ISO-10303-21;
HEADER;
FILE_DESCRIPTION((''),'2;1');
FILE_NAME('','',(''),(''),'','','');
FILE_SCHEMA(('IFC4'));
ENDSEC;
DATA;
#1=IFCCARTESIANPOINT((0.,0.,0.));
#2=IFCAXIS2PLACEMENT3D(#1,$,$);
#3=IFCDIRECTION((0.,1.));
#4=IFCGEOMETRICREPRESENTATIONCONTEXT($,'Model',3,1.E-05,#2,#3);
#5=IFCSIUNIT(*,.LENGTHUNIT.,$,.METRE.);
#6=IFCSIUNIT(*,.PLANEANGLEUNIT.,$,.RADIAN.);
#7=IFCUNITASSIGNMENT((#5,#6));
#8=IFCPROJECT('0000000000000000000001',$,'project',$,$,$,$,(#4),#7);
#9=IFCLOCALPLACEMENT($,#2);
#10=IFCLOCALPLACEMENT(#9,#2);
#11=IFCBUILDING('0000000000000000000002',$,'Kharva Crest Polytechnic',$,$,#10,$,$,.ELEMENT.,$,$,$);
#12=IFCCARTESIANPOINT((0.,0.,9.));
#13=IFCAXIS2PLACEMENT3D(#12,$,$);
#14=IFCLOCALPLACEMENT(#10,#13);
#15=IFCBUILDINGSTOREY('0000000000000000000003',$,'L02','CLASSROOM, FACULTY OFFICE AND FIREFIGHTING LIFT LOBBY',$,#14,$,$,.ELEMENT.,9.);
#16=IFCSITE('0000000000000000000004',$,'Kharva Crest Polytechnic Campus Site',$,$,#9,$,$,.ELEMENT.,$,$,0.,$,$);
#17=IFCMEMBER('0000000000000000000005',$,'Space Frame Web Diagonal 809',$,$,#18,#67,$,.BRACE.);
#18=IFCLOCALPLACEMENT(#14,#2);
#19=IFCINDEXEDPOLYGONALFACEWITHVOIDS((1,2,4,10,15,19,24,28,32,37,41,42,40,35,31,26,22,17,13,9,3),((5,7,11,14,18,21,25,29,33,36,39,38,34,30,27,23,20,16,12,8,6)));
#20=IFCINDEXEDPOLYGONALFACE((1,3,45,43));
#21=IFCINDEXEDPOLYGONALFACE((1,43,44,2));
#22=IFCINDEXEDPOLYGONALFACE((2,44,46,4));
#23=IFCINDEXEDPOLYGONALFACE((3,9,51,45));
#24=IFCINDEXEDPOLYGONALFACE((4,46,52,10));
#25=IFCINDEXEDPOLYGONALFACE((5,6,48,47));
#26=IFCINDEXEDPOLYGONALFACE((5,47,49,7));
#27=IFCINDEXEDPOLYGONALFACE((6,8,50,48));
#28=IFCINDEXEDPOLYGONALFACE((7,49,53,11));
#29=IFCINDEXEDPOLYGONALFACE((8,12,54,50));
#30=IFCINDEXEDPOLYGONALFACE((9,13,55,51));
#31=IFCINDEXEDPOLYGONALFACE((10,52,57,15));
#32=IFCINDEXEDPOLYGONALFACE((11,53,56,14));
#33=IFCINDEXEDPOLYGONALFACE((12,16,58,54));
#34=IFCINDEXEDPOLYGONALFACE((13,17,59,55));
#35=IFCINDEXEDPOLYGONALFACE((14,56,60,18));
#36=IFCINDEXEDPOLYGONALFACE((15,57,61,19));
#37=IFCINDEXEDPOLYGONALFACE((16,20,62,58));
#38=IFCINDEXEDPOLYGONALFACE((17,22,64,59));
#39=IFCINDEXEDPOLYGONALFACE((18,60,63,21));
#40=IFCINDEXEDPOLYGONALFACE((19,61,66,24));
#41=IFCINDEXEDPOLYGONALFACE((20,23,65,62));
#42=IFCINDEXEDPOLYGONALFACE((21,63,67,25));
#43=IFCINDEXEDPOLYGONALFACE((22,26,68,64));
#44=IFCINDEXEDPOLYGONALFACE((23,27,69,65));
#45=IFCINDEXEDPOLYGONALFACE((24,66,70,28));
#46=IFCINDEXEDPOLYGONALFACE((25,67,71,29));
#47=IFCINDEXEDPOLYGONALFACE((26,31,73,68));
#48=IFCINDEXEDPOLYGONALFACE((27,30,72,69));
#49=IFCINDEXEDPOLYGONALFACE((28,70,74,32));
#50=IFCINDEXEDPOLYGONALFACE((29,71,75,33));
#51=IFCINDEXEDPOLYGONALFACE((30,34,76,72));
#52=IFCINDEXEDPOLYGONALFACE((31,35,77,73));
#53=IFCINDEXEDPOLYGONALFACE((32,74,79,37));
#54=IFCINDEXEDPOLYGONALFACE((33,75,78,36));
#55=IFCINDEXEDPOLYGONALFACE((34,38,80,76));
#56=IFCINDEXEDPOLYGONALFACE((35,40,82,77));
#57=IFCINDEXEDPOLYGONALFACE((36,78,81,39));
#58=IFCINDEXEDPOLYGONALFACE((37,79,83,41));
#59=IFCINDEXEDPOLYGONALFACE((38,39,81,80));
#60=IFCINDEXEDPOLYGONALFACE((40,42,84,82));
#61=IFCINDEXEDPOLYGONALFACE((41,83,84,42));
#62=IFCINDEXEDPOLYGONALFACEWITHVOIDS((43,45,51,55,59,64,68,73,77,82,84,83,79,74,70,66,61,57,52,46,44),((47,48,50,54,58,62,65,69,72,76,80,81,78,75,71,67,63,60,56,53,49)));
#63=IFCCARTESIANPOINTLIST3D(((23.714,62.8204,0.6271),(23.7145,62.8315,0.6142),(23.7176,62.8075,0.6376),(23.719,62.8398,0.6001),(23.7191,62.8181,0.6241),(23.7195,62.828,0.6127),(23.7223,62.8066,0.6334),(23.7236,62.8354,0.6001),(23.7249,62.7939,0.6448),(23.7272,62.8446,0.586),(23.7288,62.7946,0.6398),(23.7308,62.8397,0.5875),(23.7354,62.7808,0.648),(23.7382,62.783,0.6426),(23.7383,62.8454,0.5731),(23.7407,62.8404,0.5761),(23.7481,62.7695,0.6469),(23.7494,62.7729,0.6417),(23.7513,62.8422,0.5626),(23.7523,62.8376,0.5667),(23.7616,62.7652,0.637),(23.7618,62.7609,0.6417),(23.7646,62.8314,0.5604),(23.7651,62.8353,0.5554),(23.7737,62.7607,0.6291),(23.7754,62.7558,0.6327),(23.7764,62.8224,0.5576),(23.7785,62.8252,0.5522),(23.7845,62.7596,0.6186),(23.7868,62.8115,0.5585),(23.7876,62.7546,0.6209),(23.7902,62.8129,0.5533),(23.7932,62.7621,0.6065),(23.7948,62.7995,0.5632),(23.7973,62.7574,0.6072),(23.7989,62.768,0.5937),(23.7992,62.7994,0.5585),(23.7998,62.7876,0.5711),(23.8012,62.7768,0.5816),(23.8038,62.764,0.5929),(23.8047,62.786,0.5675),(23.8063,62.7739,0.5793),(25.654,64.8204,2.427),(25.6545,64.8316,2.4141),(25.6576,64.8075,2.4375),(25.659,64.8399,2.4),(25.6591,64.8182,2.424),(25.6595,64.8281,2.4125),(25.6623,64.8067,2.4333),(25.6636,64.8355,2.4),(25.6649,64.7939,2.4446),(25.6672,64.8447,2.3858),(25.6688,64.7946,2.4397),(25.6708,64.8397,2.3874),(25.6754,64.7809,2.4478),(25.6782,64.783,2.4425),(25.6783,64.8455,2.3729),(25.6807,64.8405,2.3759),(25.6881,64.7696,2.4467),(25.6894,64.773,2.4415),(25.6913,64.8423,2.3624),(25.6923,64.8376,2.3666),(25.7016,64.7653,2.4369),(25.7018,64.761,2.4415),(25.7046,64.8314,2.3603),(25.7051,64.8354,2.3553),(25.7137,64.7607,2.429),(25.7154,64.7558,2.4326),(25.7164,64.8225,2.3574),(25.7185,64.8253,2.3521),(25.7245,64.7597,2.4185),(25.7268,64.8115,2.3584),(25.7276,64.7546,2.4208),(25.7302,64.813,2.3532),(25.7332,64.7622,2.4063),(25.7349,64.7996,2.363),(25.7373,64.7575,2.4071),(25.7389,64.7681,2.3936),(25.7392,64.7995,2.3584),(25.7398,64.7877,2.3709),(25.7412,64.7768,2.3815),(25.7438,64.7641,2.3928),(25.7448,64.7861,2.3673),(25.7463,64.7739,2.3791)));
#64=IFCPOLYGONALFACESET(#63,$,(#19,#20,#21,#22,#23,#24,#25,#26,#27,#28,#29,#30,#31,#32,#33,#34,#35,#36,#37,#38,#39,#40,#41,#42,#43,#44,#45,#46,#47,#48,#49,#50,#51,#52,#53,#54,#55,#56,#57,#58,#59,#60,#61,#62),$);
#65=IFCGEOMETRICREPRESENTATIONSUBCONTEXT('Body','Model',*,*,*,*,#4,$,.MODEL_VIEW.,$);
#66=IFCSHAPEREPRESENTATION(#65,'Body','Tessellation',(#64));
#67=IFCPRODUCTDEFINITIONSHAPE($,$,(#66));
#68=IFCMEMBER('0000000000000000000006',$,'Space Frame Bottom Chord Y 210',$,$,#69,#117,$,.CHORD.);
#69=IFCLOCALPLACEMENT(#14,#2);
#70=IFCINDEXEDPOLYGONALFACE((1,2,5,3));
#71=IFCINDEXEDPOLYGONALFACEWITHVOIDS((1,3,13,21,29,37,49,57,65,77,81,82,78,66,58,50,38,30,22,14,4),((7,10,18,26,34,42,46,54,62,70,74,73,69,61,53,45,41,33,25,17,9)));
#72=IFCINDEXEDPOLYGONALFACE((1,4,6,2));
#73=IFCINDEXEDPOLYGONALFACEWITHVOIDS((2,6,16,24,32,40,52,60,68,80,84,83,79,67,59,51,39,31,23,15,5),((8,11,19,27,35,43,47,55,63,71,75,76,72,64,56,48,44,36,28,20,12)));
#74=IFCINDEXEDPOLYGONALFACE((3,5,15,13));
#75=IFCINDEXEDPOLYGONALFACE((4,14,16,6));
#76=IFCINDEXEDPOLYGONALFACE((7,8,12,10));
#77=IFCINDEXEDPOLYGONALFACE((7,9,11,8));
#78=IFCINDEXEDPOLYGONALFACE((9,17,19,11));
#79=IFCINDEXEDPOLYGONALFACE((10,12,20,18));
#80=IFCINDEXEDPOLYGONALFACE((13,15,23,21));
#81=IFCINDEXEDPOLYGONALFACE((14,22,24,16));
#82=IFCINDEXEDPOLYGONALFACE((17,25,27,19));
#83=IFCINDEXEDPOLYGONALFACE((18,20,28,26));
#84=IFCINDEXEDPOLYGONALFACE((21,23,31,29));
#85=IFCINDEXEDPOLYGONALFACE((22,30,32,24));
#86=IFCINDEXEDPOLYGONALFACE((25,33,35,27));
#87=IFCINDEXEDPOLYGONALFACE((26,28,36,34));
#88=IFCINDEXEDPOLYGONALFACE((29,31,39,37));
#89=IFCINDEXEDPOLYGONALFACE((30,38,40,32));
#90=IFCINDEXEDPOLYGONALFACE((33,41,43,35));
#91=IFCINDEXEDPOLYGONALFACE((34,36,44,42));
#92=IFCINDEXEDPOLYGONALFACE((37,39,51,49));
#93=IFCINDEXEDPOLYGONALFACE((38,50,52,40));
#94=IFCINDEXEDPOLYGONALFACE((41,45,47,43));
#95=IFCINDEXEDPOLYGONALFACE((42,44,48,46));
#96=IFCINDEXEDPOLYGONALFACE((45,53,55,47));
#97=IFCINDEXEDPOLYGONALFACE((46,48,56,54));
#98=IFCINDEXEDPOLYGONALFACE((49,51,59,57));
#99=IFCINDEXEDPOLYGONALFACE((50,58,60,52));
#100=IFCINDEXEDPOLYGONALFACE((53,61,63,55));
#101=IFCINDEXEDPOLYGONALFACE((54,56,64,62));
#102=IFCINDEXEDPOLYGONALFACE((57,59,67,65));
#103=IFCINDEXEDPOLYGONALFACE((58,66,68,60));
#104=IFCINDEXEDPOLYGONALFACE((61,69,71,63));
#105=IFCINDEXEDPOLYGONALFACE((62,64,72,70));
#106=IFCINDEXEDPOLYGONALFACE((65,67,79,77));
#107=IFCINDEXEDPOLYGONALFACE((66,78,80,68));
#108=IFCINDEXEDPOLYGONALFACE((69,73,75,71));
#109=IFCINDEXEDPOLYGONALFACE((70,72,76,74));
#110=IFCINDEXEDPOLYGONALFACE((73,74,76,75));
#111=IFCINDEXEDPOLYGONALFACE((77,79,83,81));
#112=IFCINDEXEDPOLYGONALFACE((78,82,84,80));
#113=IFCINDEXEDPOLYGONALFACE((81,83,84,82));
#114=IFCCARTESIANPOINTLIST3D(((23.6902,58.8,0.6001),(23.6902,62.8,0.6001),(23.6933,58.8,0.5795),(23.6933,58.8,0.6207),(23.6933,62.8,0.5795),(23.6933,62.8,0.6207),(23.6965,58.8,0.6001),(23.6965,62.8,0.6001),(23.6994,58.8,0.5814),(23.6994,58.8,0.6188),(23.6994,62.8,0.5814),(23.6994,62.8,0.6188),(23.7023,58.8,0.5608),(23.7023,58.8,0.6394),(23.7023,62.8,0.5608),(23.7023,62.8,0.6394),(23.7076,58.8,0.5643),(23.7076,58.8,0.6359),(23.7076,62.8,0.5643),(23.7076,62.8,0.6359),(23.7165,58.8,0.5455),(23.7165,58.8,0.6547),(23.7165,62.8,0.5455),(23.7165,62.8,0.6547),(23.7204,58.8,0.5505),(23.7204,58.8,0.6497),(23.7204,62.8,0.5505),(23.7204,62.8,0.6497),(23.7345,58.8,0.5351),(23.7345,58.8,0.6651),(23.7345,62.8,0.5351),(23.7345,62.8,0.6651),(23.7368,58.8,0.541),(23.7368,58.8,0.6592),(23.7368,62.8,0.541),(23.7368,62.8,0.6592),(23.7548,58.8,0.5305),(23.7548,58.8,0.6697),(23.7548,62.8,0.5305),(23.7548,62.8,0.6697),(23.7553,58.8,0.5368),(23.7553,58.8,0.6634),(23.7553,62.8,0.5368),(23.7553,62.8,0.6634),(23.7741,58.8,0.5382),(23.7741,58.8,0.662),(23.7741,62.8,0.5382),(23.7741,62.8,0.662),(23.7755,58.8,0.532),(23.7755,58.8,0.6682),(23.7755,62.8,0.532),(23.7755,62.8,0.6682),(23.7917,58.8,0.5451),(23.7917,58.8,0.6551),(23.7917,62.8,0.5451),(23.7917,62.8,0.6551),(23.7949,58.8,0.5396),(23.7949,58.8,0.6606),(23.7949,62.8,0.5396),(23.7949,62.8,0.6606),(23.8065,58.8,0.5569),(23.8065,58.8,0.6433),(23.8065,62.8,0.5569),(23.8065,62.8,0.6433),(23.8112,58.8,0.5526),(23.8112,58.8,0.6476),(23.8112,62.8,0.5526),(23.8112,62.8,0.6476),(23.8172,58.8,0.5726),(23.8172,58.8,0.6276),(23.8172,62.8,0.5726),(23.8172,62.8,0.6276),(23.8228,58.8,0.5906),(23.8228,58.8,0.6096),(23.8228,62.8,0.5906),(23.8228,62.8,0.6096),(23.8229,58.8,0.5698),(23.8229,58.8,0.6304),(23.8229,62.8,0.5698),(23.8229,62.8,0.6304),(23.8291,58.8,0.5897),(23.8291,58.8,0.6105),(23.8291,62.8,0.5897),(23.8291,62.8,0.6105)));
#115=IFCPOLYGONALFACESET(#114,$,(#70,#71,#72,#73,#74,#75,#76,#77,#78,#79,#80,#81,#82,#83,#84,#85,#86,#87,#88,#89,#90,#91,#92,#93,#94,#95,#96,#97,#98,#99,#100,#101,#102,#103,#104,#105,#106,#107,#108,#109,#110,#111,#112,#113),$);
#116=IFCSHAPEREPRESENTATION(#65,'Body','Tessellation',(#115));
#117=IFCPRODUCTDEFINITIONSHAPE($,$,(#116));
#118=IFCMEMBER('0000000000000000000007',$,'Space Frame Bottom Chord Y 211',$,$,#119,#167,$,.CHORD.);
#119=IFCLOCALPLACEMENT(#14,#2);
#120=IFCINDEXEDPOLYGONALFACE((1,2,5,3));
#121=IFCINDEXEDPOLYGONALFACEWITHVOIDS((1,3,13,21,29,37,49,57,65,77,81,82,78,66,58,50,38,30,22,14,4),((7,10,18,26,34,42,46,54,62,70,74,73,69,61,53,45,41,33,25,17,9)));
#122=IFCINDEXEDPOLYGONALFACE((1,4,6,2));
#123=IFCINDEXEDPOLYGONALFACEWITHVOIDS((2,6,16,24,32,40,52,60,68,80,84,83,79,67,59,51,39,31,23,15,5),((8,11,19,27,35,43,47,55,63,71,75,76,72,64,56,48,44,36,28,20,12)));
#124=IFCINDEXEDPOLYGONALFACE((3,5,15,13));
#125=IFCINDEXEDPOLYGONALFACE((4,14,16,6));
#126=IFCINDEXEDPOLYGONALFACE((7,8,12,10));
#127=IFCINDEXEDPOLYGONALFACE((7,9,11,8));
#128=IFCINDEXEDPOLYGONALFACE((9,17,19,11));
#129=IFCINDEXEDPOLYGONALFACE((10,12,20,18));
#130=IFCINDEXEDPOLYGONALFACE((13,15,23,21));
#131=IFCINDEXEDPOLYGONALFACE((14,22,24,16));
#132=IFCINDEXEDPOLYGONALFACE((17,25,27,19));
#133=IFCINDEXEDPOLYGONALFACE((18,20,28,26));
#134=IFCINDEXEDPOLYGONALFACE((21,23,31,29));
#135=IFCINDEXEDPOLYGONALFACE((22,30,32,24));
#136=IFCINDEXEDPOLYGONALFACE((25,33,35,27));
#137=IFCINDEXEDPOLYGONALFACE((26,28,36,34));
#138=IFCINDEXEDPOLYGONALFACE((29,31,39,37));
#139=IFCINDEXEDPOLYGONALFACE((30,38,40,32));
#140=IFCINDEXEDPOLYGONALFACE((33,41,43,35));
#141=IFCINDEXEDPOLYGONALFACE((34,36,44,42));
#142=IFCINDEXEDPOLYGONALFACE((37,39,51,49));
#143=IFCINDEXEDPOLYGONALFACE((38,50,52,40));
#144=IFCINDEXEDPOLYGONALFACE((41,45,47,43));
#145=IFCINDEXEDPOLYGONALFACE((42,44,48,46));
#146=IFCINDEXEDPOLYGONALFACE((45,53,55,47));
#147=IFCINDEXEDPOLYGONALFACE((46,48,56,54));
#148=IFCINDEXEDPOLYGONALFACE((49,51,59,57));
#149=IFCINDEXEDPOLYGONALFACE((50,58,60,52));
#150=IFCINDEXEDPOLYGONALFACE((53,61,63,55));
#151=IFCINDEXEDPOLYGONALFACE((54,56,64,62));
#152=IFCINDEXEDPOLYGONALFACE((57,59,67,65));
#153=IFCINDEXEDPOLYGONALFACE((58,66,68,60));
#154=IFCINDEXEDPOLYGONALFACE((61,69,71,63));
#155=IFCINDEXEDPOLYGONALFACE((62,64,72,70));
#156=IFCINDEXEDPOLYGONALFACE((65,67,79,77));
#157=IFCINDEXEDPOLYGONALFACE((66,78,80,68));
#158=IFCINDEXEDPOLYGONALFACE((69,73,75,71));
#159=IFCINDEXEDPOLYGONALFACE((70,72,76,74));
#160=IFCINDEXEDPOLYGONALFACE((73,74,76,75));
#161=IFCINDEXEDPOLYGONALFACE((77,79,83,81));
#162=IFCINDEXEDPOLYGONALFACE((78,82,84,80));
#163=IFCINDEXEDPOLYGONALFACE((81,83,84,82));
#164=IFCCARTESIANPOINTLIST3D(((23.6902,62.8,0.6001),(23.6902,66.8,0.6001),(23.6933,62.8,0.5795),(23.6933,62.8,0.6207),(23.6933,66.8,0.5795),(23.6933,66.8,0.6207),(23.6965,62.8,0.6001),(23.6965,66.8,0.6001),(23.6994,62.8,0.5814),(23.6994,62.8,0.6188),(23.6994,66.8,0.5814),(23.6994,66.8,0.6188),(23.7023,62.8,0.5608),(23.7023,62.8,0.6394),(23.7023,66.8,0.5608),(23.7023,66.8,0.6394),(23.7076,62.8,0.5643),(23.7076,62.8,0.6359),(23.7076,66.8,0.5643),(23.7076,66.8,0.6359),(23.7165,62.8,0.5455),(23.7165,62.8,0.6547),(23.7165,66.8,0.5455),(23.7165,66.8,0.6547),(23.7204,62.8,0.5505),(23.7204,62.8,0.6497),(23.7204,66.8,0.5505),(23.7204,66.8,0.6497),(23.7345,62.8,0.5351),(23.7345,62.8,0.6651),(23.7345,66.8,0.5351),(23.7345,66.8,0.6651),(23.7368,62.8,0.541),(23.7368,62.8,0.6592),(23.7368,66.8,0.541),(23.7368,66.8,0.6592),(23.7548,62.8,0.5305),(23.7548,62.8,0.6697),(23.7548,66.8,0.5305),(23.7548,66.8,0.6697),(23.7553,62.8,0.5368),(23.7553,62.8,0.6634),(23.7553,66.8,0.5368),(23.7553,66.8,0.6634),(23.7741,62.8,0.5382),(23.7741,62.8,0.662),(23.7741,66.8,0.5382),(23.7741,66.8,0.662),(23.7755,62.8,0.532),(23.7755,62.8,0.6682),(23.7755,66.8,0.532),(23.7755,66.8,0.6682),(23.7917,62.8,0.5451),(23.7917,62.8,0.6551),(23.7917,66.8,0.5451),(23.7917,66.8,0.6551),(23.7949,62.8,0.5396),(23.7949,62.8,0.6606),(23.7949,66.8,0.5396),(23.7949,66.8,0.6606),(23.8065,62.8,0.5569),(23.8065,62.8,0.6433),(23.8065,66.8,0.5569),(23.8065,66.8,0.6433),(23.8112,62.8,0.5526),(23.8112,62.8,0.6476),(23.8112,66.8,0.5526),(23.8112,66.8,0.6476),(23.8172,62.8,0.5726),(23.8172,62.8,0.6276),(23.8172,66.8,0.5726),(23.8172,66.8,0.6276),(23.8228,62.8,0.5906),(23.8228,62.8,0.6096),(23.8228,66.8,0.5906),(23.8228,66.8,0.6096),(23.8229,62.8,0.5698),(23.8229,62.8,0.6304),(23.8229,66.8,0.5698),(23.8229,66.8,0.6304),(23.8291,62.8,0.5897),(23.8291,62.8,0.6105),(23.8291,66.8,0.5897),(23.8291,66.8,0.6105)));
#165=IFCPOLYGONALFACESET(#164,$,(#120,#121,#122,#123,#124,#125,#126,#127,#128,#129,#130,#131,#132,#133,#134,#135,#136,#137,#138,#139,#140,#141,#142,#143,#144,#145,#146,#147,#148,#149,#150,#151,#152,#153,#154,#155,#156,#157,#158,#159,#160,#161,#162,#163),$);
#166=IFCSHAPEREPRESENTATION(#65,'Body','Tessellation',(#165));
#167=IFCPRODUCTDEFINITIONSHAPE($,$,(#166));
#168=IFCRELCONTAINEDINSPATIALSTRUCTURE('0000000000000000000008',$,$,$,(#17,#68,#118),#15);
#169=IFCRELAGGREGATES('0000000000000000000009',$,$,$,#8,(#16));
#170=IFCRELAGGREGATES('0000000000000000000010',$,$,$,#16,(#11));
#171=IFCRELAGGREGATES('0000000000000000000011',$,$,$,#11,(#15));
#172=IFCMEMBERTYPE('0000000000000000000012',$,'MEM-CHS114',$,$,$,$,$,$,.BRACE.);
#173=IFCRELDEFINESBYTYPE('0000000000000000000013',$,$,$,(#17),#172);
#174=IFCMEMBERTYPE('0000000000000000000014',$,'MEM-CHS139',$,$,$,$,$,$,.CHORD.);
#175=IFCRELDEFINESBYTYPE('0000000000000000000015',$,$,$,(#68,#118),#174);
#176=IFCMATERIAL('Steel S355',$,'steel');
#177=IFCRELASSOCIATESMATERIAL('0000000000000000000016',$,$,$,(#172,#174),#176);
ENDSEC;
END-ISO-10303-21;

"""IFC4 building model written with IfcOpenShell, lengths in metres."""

from ifc_helpers import new_model, si_unit, direction, frame, origin, origin_2d, place, context, subcontext, project, spatial, hollow_circle, extrude, material, material_profile, profile_set, type_object, element, save


model = new_model("IFC4")

# Units and contexts
model_context = context("Model", 3, precision=1e-05, world=origin(), true_north=direction((0.0, 1.0)))
body_context = subcontext(model_context, "Body", "Model", "MODEL_VIEW")
ifc_project = project(units=[si_unit("LENGTHUNIT", "METRE"), si_unit("PLANEANGLEUNIT", "RADIAN")], contexts=[model_context])

# Site, building, storey
site_placement = place(None, origin())
site = spatial("IfcSite", under=ifc_project, at=site_placement, Name="Kharva Crest Polytechnic Campus Site", CompositionType="ELEMENT", RefElevation=0.0)
building_placement = place(site_placement, origin())
building = spatial("IfcBuilding", under=site, at=building_placement, Name="Kharva Crest Polytechnic", CompositionType="ELEMENT")
storey_placement = place(building_placement, frame((0.0, 0.0, 9.0)))
storey = spatial("IfcBuildingStorey", under=building, at=storey_placement, Name="L02", Description="CLASSROOM, FACULTY OFFICE AND FIREFIGHTING LIFT LOBBY", CompositionType="ELEMENT", Elevation=9.0)

# Shared definitions
ifc_material_1 = material(Name="Steel S355", Category="steel")

# Members
ifc_material_profile_1 = material_profile(ifc_material_1, hollow_circle(Radius=0.0571, WallThickness=0.0063, at=origin_2d()), Name="CHS 114.3X6.3")
ifc_profile_set_1 = profile_set([ifc_material_profile_1], Name="Steel S355")
member_type_1 = type_object("IfcMemberType", Name="MEM-CHS114", PredefinedType="BRACE", material=ifc_profile_set_1)
for number, where, z_axis, x_axis, name in (
    (1, (23.76, 62.8, 0.6001), (0.584843, 0.60295, 0.542596), (-0.717802, 0.696247, 0.0), "Space Frame Web Diagonal 809"),
):
    element("IfcMember", number, at=place(storey_placement, frame(where, z_axis=z_axis, x_axis=x_axis)), inside=storey, type_object=member_type_1, Name=name, PredefinedType="BRACE", context=body_context, shape_type="SweptSolid", body=[
        extrude(hollow_circle(Radius=0.0571, WallThickness=0.0063, at=origin_2d()), origin(), (0.0, 0.0, 1.0), 3.3171),
    ])
ifc_material_profile_2 = material_profile(ifc_material_1, hollow_circle(Radius=0.0698, WallThickness=0.0063, at=origin_2d()), Name="CHS 139.7X6.3")
ifc_profile_set_2 = profile_set([ifc_material_profile_2], Name="Steel S355")
member_type_2 = type_object("IfcMemberType", Name="MEM-CHS139", PredefinedType="CHORD", material=ifc_profile_set_2)
for number, where, z_axis, x_axis, name in (
    (2, (23.76, 58.8, 0.6001), (0.0, 1.0, 0.0), (-1.0, 0.0, 0.0), "Space Frame Bottom Chord Y 210"),
    (3, (23.76, 62.8, 0.6001), (0.0, 1.0, 0.0), (-1.0, 0.0, 0.0), "Space Frame Bottom Chord Y 211"),
):
    element("IfcMember", number, at=place(storey_placement, frame(where, z_axis=z_axis, x_axis=x_axis)), inside=storey, type_object=member_type_2, Name=name, PredefinedType="CHORD", context=body_context, shape_type="SweptSolid", body=[
        extrude(hollow_circle(Radius=0.0698, WallThickness=0.0063, at=origin_2d()), origin(), (0.0, 0.0, 1.0), 4.0),
    ])

save(model, "model.ifc")
